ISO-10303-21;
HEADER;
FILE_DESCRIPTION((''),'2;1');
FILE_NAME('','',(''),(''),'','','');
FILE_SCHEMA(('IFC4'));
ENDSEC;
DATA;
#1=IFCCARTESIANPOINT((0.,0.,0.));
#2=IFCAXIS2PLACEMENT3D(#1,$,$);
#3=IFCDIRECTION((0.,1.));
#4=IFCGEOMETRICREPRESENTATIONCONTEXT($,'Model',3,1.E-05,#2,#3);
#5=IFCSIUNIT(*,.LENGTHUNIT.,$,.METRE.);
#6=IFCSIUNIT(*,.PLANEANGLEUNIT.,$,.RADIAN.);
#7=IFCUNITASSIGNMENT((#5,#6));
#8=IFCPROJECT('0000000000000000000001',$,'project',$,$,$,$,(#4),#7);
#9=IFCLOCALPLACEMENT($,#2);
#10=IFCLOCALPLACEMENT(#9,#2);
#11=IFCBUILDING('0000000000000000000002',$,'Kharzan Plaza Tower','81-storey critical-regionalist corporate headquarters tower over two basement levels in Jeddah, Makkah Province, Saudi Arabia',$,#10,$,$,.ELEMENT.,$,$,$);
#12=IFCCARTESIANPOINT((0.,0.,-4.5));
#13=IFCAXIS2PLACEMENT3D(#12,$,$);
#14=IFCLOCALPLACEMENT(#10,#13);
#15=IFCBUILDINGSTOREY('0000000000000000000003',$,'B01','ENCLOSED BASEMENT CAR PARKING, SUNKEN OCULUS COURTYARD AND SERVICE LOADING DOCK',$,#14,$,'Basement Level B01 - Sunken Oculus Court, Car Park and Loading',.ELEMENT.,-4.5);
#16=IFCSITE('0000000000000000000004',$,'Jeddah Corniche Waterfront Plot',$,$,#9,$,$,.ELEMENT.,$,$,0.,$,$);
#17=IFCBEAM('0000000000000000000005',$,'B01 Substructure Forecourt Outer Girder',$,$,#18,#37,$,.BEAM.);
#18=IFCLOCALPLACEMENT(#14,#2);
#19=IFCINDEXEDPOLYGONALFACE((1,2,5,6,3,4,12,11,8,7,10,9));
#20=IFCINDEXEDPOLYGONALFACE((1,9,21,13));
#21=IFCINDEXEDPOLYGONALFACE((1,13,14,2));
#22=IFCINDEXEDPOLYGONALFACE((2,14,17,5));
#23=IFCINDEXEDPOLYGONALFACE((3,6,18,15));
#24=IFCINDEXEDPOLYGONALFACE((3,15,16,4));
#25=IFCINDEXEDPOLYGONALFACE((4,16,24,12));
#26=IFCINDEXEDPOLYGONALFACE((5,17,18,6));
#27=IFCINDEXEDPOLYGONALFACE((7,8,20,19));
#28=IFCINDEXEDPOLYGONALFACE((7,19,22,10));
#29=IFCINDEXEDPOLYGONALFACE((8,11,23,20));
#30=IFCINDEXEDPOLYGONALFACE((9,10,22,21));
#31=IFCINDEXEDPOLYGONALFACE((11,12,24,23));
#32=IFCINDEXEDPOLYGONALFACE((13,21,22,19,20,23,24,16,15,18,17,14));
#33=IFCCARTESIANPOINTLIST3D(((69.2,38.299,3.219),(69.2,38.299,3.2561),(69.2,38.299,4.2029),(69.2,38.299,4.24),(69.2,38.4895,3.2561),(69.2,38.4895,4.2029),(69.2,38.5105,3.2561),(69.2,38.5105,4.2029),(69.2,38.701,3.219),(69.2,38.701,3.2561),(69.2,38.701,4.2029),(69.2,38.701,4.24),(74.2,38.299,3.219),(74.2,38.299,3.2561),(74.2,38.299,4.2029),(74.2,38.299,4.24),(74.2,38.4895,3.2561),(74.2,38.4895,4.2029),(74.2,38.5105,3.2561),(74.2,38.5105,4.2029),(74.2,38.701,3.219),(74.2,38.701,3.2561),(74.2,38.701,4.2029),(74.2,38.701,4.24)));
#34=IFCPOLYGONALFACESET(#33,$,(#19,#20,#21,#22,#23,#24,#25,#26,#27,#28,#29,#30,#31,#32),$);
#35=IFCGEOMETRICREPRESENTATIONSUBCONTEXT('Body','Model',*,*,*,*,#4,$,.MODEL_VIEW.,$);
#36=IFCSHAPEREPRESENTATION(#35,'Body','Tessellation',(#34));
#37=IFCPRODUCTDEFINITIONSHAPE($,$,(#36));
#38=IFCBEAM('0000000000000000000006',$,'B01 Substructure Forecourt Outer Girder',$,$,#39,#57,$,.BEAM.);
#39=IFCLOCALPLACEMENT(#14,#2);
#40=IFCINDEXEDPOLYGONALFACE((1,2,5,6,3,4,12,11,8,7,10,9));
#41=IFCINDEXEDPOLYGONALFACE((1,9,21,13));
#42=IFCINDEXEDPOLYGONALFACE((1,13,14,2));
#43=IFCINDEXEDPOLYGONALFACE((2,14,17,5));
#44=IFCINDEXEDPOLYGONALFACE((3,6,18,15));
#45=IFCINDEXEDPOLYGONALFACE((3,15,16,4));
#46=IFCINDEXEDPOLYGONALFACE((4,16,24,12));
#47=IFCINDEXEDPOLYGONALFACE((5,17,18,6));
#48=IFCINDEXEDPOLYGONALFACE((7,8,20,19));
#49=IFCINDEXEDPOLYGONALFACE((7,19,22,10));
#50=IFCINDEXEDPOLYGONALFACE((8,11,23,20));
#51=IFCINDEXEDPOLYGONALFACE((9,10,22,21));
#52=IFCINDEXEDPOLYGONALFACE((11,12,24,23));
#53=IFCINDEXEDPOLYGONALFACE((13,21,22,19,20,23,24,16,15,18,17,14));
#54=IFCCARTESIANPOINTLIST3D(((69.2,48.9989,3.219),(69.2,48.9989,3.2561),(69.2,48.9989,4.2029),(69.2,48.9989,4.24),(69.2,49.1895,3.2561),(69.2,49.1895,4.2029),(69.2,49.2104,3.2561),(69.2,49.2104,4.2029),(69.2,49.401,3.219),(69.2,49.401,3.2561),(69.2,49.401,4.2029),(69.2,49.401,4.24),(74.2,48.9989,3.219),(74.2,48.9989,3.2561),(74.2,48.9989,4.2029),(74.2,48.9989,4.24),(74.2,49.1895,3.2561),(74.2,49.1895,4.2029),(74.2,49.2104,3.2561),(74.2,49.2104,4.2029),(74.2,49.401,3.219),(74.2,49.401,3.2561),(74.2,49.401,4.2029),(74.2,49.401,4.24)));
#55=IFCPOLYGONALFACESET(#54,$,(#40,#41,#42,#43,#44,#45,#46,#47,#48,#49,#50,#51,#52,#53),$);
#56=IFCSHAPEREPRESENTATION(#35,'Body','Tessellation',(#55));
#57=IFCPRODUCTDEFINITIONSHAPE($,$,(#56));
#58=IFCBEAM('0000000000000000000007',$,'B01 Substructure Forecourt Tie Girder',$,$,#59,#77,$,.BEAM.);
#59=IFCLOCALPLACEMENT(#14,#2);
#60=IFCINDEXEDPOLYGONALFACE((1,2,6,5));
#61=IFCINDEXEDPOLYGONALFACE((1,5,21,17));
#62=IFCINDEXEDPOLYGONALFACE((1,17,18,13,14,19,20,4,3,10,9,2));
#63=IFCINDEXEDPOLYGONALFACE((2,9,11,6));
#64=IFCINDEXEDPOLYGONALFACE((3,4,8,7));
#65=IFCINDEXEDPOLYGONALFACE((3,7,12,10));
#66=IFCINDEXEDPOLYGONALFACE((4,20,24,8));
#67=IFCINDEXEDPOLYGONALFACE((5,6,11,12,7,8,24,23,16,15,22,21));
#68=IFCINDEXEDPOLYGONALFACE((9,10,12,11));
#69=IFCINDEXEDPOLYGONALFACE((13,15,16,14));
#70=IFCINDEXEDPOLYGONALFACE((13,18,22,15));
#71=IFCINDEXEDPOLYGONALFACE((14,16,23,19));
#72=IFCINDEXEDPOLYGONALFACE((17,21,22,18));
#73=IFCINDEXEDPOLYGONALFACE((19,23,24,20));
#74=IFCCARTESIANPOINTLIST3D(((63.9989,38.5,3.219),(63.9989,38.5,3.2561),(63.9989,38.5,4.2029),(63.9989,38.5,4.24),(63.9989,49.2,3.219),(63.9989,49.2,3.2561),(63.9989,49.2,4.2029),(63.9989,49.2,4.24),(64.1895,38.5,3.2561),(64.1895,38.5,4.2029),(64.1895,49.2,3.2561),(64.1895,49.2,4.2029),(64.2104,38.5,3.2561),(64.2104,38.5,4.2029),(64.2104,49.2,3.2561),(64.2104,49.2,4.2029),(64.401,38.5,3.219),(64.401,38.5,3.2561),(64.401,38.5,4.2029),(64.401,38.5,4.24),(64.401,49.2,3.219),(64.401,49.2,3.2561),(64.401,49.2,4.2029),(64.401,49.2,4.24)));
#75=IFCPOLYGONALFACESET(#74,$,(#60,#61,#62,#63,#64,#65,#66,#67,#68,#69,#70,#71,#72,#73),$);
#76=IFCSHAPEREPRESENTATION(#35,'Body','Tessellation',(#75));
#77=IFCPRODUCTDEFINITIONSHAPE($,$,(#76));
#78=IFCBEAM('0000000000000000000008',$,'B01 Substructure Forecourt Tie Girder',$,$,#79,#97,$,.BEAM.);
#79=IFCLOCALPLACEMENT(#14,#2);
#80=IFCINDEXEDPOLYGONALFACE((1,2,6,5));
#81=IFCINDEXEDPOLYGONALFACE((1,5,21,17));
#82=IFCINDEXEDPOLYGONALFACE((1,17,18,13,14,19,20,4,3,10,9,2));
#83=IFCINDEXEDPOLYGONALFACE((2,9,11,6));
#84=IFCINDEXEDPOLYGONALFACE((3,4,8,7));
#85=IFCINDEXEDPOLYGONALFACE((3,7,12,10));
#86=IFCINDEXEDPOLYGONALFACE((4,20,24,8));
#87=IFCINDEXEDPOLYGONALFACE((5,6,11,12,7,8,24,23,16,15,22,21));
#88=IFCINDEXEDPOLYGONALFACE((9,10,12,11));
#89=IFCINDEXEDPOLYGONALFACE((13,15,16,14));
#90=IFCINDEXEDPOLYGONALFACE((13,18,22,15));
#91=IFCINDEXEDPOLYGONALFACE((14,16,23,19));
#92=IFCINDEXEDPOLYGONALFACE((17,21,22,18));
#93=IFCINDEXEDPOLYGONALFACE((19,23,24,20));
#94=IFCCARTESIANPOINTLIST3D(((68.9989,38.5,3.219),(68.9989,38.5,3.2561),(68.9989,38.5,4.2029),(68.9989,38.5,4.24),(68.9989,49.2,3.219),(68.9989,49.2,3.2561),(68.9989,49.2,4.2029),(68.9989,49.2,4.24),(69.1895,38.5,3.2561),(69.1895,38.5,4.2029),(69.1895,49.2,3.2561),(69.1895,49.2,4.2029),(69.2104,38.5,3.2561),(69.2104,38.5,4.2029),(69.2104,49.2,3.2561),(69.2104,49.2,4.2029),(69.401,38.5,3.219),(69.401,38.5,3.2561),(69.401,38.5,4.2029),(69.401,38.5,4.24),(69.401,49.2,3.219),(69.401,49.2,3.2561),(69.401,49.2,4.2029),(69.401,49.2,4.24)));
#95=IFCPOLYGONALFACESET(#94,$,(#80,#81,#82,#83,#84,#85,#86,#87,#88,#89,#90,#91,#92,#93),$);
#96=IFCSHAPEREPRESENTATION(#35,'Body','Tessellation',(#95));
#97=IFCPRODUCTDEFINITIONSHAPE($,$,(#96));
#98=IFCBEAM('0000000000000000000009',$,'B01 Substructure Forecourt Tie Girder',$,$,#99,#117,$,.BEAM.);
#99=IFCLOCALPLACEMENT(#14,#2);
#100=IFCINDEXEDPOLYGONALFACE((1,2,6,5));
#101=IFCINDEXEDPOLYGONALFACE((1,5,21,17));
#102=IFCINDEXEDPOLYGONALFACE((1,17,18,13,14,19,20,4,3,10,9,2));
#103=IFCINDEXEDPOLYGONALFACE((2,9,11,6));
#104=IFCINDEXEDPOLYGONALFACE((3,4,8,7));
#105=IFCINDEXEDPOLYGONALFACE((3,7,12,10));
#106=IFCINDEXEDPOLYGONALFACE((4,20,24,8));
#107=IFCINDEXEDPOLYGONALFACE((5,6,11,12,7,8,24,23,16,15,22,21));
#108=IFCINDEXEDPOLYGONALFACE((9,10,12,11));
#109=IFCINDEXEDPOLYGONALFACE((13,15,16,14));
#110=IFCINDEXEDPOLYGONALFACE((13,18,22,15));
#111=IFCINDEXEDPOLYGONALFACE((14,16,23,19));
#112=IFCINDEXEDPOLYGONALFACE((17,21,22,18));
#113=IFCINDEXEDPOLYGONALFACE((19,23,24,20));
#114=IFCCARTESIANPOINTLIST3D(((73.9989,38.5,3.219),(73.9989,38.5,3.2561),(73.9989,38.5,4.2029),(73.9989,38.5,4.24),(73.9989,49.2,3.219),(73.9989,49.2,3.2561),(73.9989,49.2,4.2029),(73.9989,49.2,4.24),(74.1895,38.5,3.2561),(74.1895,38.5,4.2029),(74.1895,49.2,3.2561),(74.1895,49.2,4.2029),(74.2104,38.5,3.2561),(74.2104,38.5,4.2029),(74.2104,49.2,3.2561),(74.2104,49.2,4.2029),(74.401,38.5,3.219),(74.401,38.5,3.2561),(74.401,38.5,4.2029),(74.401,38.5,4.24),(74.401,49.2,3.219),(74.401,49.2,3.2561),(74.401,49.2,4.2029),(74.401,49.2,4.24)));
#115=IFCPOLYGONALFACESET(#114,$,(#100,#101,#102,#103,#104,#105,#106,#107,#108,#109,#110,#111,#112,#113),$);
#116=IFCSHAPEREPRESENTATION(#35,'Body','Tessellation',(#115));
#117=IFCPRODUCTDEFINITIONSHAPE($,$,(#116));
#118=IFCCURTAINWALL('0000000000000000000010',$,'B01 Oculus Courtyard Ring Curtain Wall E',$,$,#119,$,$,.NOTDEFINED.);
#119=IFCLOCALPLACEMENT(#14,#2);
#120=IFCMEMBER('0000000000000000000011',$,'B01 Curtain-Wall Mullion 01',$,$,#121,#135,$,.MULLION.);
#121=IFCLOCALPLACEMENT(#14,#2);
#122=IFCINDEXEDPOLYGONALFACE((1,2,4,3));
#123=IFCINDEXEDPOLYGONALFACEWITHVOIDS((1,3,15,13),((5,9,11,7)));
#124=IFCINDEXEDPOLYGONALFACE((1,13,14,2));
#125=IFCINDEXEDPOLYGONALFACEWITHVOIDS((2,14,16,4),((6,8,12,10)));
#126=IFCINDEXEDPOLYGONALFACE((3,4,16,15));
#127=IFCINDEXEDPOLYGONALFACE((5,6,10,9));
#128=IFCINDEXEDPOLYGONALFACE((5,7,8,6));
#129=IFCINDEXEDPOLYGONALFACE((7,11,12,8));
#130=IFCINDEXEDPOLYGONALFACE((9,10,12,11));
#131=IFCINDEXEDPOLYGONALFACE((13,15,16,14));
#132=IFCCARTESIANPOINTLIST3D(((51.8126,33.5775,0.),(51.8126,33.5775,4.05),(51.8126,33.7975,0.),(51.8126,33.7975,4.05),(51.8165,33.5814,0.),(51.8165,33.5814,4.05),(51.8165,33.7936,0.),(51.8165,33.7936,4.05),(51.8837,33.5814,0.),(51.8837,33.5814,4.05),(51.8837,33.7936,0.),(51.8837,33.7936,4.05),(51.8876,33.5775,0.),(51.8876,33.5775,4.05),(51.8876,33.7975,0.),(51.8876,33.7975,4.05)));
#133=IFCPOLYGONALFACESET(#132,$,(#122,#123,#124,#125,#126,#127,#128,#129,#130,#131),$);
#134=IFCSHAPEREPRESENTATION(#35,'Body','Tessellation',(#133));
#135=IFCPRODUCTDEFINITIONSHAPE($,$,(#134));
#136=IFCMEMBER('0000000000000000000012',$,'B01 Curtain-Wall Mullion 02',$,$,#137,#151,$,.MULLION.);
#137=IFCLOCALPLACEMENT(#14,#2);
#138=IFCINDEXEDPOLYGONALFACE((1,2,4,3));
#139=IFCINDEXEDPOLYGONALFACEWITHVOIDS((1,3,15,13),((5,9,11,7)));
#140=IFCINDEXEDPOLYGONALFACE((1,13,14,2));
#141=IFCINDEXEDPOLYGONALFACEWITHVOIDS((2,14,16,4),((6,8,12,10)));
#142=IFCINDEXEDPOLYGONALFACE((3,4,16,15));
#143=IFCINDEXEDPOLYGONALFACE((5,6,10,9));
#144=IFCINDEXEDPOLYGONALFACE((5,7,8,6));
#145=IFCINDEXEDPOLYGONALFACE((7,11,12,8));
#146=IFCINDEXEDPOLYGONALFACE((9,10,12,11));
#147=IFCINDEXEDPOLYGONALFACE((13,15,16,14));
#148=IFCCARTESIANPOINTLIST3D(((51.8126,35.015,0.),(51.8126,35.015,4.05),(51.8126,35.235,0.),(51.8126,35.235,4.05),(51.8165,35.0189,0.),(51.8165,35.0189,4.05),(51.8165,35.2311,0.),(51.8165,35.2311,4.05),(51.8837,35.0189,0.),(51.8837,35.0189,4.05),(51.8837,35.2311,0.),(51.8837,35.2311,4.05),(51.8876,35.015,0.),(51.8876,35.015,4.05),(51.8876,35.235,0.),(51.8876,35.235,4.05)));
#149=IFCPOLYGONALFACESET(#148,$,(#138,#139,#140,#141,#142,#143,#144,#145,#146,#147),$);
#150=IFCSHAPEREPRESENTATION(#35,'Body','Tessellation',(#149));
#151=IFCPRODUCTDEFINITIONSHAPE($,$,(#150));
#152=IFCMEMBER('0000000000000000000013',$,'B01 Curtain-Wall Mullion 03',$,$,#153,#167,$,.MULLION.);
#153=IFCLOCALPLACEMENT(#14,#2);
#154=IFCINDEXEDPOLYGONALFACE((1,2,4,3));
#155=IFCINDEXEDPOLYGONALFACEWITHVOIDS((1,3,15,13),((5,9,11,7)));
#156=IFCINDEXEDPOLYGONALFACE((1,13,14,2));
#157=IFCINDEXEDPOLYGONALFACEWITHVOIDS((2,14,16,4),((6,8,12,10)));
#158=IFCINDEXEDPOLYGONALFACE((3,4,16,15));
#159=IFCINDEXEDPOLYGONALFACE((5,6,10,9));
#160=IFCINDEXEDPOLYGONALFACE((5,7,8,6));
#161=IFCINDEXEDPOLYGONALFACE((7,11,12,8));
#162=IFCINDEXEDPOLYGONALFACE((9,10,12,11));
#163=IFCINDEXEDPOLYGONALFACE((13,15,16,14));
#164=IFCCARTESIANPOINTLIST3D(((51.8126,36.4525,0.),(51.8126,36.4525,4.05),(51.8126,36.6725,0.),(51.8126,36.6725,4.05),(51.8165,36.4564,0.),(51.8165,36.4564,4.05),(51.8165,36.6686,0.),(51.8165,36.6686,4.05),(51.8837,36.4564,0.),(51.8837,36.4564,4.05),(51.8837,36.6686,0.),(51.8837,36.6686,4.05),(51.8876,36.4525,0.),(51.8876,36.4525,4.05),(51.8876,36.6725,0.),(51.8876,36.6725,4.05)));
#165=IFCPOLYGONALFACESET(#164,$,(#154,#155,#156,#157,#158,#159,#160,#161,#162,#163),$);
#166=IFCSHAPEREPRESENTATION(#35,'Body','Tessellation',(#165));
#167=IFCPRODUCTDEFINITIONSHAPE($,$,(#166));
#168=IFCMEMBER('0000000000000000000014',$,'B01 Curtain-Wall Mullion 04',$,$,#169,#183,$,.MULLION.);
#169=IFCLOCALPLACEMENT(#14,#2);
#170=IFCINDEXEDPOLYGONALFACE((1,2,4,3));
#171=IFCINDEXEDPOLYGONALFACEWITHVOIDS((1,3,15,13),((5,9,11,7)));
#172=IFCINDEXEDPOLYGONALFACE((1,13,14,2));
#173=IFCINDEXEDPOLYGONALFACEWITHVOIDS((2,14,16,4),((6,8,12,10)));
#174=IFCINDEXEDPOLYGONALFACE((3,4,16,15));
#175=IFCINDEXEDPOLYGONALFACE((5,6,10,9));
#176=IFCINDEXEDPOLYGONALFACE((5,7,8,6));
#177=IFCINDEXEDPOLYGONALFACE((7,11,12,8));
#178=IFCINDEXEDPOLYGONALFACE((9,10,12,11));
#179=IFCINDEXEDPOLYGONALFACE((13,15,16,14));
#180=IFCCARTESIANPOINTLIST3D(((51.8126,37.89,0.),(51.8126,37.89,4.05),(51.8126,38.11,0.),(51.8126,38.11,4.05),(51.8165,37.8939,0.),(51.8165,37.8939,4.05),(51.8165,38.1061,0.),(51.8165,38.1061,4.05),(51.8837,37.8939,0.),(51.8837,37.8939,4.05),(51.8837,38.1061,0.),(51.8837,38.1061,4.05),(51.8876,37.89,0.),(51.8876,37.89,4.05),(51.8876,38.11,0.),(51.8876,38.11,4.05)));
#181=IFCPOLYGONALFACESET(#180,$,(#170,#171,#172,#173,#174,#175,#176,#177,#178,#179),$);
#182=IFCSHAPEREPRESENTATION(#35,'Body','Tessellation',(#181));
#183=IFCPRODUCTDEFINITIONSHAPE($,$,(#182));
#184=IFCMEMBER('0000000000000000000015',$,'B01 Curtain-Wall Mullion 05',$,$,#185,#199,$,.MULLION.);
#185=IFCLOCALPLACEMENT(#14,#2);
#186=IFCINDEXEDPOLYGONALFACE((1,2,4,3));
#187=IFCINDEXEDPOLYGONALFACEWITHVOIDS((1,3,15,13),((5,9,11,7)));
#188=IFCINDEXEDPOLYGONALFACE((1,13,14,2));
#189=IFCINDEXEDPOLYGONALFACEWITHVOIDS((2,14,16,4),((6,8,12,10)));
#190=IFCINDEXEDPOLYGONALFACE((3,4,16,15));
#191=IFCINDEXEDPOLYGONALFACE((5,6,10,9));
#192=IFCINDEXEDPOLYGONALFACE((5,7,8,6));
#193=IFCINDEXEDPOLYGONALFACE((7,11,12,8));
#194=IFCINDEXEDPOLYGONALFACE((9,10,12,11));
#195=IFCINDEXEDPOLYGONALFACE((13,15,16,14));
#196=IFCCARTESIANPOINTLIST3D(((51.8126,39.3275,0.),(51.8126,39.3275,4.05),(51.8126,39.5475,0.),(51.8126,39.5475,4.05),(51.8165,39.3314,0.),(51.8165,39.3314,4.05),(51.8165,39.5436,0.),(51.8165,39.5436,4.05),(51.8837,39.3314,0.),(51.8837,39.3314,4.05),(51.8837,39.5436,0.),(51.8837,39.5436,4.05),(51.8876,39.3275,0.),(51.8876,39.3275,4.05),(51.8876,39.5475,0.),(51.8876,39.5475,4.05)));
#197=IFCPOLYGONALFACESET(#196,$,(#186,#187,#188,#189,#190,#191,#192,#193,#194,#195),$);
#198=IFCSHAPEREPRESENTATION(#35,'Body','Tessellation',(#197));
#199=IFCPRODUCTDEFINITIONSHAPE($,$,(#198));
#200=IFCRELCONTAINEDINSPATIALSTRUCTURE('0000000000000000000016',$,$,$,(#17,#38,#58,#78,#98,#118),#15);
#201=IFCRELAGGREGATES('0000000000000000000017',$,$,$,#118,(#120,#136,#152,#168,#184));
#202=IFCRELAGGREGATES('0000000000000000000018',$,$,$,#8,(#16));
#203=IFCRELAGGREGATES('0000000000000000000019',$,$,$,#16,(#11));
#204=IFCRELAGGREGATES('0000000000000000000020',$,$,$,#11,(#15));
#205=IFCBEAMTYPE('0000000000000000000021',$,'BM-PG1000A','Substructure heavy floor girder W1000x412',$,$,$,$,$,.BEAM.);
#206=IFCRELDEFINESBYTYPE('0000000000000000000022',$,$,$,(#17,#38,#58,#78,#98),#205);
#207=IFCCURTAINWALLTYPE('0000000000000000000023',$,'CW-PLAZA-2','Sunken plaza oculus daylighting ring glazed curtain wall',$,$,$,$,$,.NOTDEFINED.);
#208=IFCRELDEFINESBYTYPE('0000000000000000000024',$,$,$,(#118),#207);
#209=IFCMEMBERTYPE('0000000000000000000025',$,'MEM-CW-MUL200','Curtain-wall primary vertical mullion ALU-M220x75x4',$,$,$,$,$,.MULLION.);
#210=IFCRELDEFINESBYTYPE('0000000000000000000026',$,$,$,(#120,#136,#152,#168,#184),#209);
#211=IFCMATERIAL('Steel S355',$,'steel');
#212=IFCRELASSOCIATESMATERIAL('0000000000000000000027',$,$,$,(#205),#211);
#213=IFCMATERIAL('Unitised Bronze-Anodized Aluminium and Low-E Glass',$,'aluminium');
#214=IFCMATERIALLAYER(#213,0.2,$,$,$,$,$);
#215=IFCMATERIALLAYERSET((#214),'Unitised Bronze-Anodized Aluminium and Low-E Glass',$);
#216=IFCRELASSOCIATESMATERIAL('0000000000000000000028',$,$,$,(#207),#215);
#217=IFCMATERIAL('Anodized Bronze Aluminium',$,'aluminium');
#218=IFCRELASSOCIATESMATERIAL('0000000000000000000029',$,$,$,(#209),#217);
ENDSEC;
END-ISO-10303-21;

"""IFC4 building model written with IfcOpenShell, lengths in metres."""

from ifc_helpers import new_model, si_unit, direction, frame, origin, origin_2d, place, context, subcontext, project, spatial, hollow_rectangle, i_section, extrude, source, transform, mapped, material, layer, layer_set, material_profile, profile_set, type_object, element, aggregate, save


model = new_model("IFC4")

# Units and contexts
model_context = context("Model", 3, precision=1e-05, world=origin(), true_north=direction((0.0, 1.0)))
body_context = subcontext(model_context, "Body", "Model", "MODEL_VIEW")
ifc_project = project(units=[si_unit("LENGTHUNIT", "METRE"), si_unit("PLANEANGLEUNIT", "RADIAN")], contexts=[model_context])

# Site, building, storey
site_placement = place(None, origin())
site = spatial("IfcSite", under=ifc_project, at=site_placement, Name="Jeddah Corniche Waterfront Plot", CompositionType="ELEMENT", RefElevation=0.0)
building_placement = place(site_placement, origin())
building = spatial("IfcBuilding", under=site, at=building_placement, Name="Kharzan Plaza Tower", Description="81-storey critical-regionalist corporate headquarters tower over two basement levels in Jeddah, Makkah Province, Saudi Arabia", CompositionType="ELEMENT")
storey_placement = place(building_placement, frame((0.0, 0.0, -4.5)))
storey = spatial("IfcBuildingStorey", under=building, at=storey_placement, Name="B01", Description="ENCLOSED BASEMENT CAR PARKING, SUNKEN OCULUS COURTYARD AND SERVICE LOADING DOCK", LongName="Basement Level B01 - Sunken Oculus Court, Car Park and Loading", CompositionType="ELEMENT", Elevation=-4.5)

# Beams
ifc_material_1 = material(Name="Steel S355", Category="steel")
ifc_material_profile_1 = material_profile(ifc_material_1, i_section(OverallWidth=0.4021, OverallDepth=1.021, WebThickness=0.021, FlangeThickness=0.0371, at=origin_2d()), Name="W1000x412")
ifc_profile_set_1 = profile_set([ifc_material_profile_1], Name="Steel S355")
beam_type = type_object("IfcBeamType", Name="BM-PG1000A", Description="Substructure heavy floor girder W1000x412", PredefinedType="BEAM", material=ifc_profile_set_1)
shared_shape_1 = source(origin(), body_context, "Body", "SweptSolid", [
    extrude(i_section(OverallWidth=0.4021, OverallDepth=1.021, WebThickness=0.021, FlangeThickness=0.0371, at=origin_2d()), origin(), (0.0, 0.0, 1.0), 5.0),
])
for number, where, z_axis, x_axis, name in (
    (1, (69.2, 38.5, 3.7295), (1.0, 0.0, 0.0), (0.0, 1.0, 0.0), "B01 Substructure Forecourt Outer Girder"),
    (2, (69.2, 49.2, 3.7295), (1.0, 0.0, 0.0), (0.0, 1.0, 0.0), "B01 Substructure Forecourt Outer Girder"),
):
    element("IfcBeam", number, at=place(storey_placement, frame(where, z_axis=z_axis, x_axis=x_axis)), inside=storey, type_object=beam_type, Name=name, PredefinedType="BEAM", context=body_context, shape_type="MappedRepresentation", body=[
        mapped(shared_shape_1, transform((0.0, 0.0, 0.0), x_axis=(1.0, 0.0, 0.0), y_axis=(0.0, 1.0, 0.0), z_axis=(0.0, 0.0, 1.0))),
    ])
shared_shape_2 = source(origin(), body_context, "Body", "SweptSolid", [
    extrude(i_section(OverallWidth=0.4021, OverallDepth=1.021, WebThickness=0.021, FlangeThickness=0.0371, at=origin_2d()), origin(), (0.0, 0.0, 1.0), 10.7),
])
for number, where, z_axis, x_axis, name in (
    (3, (64.2, 38.5, 3.7295), (0.0, 1.0, 0.0), (-1.0, 0.0, 0.0), "B01 Substructure Forecourt Tie Girder"),
    (4, (69.2, 38.5, 3.7295), (0.0, 1.0, 0.0), (-1.0, 0.0, 0.0), "B01 Substructure Forecourt Tie Girder"),
    (5, (74.2, 38.5, 3.7295), (0.0, 1.0, 0.0), (-1.0, 0.0, 0.0), "B01 Substructure Forecourt Tie Girder"),
):
    element("IfcBeam", number, at=place(storey_placement, frame(where, z_axis=z_axis, x_axis=x_axis)), inside=storey, type_object=beam_type, Name=name, PredefinedType="BEAM", context=body_context, shape_type="MappedRepresentation", body=[
        mapped(shared_shape_2, transform((0.0, 0.0, 0.0), x_axis=(1.0, 0.0, 0.0), y_axis=(0.0, 1.0, 0.0), z_axis=(0.0, 0.0, 1.0))),
    ])

# Curtain wall, members
ifc_material_2 = material(Name="Unitised Bronze-Anodized Aluminium and Low-E Glass", Category="aluminium")
ifc_layer_1 = layer(ifc_material_2, 0.2)
ifc_layer_set_1 = layer_set([ifc_layer_1], Name="Unitised Bronze-Anodized Aluminium and Low-E Glass")
curtain_wall_type = type_object("IfcCurtainWallType", Name="CW-PLAZA-2", Description="Sunken plaza oculus daylighting ring glazed curtain wall", PredefinedType="NOTDEFINED", material=ifc_layer_set_1)
curtain_wall_placement = place(storey_placement, origin())
curtain_wall = element("IfcCurtainWall", 6, at=curtain_wall_placement, inside=storey, type_object=curtain_wall_type, Name="B01 Oculus Courtyard Ring Curtain Wall E", PredefinedType="NOTDEFINED")
ifc_material_3 = material(Name="Anodized Bronze Aluminium", Category="aluminium")
ifc_material_profile_2 = material_profile(ifc_material_3, hollow_rectangle(XDim=0.075, YDim=0.22, WallThickness=0.0039, at=origin_2d()), Name="ALU-M220x75x4")
ifc_profile_set_2 = profile_set([ifc_material_profile_2], Name="Anodized Bronze Aluminium")
member_type_1 = type_object("IfcMemberType", Name="MEM-CW-MUL200", Description="Curtain-wall primary vertical mullion ALU-M220x75x4", PredefinedType="MULLION", material=ifc_profile_set_2)
shared_shape_3 = source(origin(), body_context, "Body", "SweptSolid", [
    extrude(hollow_rectangle(XDim=0.075, YDim=0.22, WallThickness=0.0039, at=origin_2d()), origin(), (0.0, 0.0, 1.0), 4.05),
])
member_1_placement = place(storey_placement, frame((51.8501, 33.6875, 0.0), z_axis=(0.0, 0.0, 1.0), x_axis=(1.0, 0.0, 0.0)))
member_1 = element("IfcMember", 7, at=member_1_placement, type_object=member_type_1, Name="B01 Curtain-Wall Mullion 01", PredefinedType="MULLION", context=body_context, shape_type="MappedRepresentation", body=[
    mapped(shared_shape_3, transform((0.0, 0.0, 0.0), x_axis=(1.0, 0.0, 0.0), y_axis=(0.0, 1.0, 0.0), z_axis=(0.0, 0.0, 1.0))),
])
member_2_placement = place(storey_placement, frame((51.8501, 35.125, 0.0), z_axis=(0.0, 0.0, 1.0), x_axis=(1.0, 0.0, 0.0)))
member_2 = element("IfcMember", 8, at=member_2_placement, type_object=member_type_1, Name="B01 Curtain-Wall Mullion 02", PredefinedType="MULLION", context=body_context, shape_type="MappedRepresentation", body=[
    mapped(shared_shape_3, transform((0.0, 0.0, 0.0), x_axis=(1.0, 0.0, 0.0), y_axis=(0.0, 1.0, 0.0), z_axis=(0.0, 0.0, 1.0))),
])
member_3_placement = place(storey_placement, frame((51.8501, 36.5625, 0.0), z_axis=(0.0, 0.0, 1.0), x_axis=(1.0, 0.0, 0.0)))
member_3 = element("IfcMember", 9, at=member_3_placement, type_object=member_type_1, Name="B01 Curtain-Wall Mullion 03", PredefinedType="MULLION", context=body_context, shape_type="MappedRepresentation", body=[
    mapped(shared_shape_3, transform((0.0, 0.0, 0.0), x_axis=(1.0, 0.0, 0.0), y_axis=(0.0, 1.0, 0.0), z_axis=(0.0, 0.0, 1.0))),
])
member_4_placement = place(storey_placement, frame((51.8501, 38.0, 0.0), z_axis=(0.0, 0.0, 1.0), x_axis=(1.0, 0.0, 0.0)))
member_4 = element("IfcMember", 10, at=member_4_placement, type_object=member_type_1, Name="B01 Curtain-Wall Mullion 04", PredefinedType="MULLION", context=body_context, shape_type="MappedRepresentation", body=[
    mapped(shared_shape_3, transform((0.0, 0.0, 0.0), x_axis=(1.0, 0.0, 0.0), y_axis=(0.0, 1.0, 0.0), z_axis=(0.0, 0.0, 1.0))),
])
member_5_placement = place(storey_placement, frame((51.8501, 39.4375, 0.0), z_axis=(0.0, 0.0, 1.0), x_axis=(1.0, 0.0, 0.0)))
member_5 = element("IfcMember", 11, at=member_5_placement, type_object=member_type_1, Name="B01 Curtain-Wall Mullion 05", PredefinedType="MULLION", context=body_context, shape_type="MappedRepresentation", body=[
    mapped(shared_shape_3, transform((0.0, 0.0, 0.0), x_axis=(1.0, 0.0, 0.0), y_axis=(0.0, 1.0, 0.0), z_axis=(0.0, 0.0, 1.0))),
])
aggregate(curtain_wall, [member_1, member_2, member_3, member_4, member_5])

save(model, "model.ifc")
